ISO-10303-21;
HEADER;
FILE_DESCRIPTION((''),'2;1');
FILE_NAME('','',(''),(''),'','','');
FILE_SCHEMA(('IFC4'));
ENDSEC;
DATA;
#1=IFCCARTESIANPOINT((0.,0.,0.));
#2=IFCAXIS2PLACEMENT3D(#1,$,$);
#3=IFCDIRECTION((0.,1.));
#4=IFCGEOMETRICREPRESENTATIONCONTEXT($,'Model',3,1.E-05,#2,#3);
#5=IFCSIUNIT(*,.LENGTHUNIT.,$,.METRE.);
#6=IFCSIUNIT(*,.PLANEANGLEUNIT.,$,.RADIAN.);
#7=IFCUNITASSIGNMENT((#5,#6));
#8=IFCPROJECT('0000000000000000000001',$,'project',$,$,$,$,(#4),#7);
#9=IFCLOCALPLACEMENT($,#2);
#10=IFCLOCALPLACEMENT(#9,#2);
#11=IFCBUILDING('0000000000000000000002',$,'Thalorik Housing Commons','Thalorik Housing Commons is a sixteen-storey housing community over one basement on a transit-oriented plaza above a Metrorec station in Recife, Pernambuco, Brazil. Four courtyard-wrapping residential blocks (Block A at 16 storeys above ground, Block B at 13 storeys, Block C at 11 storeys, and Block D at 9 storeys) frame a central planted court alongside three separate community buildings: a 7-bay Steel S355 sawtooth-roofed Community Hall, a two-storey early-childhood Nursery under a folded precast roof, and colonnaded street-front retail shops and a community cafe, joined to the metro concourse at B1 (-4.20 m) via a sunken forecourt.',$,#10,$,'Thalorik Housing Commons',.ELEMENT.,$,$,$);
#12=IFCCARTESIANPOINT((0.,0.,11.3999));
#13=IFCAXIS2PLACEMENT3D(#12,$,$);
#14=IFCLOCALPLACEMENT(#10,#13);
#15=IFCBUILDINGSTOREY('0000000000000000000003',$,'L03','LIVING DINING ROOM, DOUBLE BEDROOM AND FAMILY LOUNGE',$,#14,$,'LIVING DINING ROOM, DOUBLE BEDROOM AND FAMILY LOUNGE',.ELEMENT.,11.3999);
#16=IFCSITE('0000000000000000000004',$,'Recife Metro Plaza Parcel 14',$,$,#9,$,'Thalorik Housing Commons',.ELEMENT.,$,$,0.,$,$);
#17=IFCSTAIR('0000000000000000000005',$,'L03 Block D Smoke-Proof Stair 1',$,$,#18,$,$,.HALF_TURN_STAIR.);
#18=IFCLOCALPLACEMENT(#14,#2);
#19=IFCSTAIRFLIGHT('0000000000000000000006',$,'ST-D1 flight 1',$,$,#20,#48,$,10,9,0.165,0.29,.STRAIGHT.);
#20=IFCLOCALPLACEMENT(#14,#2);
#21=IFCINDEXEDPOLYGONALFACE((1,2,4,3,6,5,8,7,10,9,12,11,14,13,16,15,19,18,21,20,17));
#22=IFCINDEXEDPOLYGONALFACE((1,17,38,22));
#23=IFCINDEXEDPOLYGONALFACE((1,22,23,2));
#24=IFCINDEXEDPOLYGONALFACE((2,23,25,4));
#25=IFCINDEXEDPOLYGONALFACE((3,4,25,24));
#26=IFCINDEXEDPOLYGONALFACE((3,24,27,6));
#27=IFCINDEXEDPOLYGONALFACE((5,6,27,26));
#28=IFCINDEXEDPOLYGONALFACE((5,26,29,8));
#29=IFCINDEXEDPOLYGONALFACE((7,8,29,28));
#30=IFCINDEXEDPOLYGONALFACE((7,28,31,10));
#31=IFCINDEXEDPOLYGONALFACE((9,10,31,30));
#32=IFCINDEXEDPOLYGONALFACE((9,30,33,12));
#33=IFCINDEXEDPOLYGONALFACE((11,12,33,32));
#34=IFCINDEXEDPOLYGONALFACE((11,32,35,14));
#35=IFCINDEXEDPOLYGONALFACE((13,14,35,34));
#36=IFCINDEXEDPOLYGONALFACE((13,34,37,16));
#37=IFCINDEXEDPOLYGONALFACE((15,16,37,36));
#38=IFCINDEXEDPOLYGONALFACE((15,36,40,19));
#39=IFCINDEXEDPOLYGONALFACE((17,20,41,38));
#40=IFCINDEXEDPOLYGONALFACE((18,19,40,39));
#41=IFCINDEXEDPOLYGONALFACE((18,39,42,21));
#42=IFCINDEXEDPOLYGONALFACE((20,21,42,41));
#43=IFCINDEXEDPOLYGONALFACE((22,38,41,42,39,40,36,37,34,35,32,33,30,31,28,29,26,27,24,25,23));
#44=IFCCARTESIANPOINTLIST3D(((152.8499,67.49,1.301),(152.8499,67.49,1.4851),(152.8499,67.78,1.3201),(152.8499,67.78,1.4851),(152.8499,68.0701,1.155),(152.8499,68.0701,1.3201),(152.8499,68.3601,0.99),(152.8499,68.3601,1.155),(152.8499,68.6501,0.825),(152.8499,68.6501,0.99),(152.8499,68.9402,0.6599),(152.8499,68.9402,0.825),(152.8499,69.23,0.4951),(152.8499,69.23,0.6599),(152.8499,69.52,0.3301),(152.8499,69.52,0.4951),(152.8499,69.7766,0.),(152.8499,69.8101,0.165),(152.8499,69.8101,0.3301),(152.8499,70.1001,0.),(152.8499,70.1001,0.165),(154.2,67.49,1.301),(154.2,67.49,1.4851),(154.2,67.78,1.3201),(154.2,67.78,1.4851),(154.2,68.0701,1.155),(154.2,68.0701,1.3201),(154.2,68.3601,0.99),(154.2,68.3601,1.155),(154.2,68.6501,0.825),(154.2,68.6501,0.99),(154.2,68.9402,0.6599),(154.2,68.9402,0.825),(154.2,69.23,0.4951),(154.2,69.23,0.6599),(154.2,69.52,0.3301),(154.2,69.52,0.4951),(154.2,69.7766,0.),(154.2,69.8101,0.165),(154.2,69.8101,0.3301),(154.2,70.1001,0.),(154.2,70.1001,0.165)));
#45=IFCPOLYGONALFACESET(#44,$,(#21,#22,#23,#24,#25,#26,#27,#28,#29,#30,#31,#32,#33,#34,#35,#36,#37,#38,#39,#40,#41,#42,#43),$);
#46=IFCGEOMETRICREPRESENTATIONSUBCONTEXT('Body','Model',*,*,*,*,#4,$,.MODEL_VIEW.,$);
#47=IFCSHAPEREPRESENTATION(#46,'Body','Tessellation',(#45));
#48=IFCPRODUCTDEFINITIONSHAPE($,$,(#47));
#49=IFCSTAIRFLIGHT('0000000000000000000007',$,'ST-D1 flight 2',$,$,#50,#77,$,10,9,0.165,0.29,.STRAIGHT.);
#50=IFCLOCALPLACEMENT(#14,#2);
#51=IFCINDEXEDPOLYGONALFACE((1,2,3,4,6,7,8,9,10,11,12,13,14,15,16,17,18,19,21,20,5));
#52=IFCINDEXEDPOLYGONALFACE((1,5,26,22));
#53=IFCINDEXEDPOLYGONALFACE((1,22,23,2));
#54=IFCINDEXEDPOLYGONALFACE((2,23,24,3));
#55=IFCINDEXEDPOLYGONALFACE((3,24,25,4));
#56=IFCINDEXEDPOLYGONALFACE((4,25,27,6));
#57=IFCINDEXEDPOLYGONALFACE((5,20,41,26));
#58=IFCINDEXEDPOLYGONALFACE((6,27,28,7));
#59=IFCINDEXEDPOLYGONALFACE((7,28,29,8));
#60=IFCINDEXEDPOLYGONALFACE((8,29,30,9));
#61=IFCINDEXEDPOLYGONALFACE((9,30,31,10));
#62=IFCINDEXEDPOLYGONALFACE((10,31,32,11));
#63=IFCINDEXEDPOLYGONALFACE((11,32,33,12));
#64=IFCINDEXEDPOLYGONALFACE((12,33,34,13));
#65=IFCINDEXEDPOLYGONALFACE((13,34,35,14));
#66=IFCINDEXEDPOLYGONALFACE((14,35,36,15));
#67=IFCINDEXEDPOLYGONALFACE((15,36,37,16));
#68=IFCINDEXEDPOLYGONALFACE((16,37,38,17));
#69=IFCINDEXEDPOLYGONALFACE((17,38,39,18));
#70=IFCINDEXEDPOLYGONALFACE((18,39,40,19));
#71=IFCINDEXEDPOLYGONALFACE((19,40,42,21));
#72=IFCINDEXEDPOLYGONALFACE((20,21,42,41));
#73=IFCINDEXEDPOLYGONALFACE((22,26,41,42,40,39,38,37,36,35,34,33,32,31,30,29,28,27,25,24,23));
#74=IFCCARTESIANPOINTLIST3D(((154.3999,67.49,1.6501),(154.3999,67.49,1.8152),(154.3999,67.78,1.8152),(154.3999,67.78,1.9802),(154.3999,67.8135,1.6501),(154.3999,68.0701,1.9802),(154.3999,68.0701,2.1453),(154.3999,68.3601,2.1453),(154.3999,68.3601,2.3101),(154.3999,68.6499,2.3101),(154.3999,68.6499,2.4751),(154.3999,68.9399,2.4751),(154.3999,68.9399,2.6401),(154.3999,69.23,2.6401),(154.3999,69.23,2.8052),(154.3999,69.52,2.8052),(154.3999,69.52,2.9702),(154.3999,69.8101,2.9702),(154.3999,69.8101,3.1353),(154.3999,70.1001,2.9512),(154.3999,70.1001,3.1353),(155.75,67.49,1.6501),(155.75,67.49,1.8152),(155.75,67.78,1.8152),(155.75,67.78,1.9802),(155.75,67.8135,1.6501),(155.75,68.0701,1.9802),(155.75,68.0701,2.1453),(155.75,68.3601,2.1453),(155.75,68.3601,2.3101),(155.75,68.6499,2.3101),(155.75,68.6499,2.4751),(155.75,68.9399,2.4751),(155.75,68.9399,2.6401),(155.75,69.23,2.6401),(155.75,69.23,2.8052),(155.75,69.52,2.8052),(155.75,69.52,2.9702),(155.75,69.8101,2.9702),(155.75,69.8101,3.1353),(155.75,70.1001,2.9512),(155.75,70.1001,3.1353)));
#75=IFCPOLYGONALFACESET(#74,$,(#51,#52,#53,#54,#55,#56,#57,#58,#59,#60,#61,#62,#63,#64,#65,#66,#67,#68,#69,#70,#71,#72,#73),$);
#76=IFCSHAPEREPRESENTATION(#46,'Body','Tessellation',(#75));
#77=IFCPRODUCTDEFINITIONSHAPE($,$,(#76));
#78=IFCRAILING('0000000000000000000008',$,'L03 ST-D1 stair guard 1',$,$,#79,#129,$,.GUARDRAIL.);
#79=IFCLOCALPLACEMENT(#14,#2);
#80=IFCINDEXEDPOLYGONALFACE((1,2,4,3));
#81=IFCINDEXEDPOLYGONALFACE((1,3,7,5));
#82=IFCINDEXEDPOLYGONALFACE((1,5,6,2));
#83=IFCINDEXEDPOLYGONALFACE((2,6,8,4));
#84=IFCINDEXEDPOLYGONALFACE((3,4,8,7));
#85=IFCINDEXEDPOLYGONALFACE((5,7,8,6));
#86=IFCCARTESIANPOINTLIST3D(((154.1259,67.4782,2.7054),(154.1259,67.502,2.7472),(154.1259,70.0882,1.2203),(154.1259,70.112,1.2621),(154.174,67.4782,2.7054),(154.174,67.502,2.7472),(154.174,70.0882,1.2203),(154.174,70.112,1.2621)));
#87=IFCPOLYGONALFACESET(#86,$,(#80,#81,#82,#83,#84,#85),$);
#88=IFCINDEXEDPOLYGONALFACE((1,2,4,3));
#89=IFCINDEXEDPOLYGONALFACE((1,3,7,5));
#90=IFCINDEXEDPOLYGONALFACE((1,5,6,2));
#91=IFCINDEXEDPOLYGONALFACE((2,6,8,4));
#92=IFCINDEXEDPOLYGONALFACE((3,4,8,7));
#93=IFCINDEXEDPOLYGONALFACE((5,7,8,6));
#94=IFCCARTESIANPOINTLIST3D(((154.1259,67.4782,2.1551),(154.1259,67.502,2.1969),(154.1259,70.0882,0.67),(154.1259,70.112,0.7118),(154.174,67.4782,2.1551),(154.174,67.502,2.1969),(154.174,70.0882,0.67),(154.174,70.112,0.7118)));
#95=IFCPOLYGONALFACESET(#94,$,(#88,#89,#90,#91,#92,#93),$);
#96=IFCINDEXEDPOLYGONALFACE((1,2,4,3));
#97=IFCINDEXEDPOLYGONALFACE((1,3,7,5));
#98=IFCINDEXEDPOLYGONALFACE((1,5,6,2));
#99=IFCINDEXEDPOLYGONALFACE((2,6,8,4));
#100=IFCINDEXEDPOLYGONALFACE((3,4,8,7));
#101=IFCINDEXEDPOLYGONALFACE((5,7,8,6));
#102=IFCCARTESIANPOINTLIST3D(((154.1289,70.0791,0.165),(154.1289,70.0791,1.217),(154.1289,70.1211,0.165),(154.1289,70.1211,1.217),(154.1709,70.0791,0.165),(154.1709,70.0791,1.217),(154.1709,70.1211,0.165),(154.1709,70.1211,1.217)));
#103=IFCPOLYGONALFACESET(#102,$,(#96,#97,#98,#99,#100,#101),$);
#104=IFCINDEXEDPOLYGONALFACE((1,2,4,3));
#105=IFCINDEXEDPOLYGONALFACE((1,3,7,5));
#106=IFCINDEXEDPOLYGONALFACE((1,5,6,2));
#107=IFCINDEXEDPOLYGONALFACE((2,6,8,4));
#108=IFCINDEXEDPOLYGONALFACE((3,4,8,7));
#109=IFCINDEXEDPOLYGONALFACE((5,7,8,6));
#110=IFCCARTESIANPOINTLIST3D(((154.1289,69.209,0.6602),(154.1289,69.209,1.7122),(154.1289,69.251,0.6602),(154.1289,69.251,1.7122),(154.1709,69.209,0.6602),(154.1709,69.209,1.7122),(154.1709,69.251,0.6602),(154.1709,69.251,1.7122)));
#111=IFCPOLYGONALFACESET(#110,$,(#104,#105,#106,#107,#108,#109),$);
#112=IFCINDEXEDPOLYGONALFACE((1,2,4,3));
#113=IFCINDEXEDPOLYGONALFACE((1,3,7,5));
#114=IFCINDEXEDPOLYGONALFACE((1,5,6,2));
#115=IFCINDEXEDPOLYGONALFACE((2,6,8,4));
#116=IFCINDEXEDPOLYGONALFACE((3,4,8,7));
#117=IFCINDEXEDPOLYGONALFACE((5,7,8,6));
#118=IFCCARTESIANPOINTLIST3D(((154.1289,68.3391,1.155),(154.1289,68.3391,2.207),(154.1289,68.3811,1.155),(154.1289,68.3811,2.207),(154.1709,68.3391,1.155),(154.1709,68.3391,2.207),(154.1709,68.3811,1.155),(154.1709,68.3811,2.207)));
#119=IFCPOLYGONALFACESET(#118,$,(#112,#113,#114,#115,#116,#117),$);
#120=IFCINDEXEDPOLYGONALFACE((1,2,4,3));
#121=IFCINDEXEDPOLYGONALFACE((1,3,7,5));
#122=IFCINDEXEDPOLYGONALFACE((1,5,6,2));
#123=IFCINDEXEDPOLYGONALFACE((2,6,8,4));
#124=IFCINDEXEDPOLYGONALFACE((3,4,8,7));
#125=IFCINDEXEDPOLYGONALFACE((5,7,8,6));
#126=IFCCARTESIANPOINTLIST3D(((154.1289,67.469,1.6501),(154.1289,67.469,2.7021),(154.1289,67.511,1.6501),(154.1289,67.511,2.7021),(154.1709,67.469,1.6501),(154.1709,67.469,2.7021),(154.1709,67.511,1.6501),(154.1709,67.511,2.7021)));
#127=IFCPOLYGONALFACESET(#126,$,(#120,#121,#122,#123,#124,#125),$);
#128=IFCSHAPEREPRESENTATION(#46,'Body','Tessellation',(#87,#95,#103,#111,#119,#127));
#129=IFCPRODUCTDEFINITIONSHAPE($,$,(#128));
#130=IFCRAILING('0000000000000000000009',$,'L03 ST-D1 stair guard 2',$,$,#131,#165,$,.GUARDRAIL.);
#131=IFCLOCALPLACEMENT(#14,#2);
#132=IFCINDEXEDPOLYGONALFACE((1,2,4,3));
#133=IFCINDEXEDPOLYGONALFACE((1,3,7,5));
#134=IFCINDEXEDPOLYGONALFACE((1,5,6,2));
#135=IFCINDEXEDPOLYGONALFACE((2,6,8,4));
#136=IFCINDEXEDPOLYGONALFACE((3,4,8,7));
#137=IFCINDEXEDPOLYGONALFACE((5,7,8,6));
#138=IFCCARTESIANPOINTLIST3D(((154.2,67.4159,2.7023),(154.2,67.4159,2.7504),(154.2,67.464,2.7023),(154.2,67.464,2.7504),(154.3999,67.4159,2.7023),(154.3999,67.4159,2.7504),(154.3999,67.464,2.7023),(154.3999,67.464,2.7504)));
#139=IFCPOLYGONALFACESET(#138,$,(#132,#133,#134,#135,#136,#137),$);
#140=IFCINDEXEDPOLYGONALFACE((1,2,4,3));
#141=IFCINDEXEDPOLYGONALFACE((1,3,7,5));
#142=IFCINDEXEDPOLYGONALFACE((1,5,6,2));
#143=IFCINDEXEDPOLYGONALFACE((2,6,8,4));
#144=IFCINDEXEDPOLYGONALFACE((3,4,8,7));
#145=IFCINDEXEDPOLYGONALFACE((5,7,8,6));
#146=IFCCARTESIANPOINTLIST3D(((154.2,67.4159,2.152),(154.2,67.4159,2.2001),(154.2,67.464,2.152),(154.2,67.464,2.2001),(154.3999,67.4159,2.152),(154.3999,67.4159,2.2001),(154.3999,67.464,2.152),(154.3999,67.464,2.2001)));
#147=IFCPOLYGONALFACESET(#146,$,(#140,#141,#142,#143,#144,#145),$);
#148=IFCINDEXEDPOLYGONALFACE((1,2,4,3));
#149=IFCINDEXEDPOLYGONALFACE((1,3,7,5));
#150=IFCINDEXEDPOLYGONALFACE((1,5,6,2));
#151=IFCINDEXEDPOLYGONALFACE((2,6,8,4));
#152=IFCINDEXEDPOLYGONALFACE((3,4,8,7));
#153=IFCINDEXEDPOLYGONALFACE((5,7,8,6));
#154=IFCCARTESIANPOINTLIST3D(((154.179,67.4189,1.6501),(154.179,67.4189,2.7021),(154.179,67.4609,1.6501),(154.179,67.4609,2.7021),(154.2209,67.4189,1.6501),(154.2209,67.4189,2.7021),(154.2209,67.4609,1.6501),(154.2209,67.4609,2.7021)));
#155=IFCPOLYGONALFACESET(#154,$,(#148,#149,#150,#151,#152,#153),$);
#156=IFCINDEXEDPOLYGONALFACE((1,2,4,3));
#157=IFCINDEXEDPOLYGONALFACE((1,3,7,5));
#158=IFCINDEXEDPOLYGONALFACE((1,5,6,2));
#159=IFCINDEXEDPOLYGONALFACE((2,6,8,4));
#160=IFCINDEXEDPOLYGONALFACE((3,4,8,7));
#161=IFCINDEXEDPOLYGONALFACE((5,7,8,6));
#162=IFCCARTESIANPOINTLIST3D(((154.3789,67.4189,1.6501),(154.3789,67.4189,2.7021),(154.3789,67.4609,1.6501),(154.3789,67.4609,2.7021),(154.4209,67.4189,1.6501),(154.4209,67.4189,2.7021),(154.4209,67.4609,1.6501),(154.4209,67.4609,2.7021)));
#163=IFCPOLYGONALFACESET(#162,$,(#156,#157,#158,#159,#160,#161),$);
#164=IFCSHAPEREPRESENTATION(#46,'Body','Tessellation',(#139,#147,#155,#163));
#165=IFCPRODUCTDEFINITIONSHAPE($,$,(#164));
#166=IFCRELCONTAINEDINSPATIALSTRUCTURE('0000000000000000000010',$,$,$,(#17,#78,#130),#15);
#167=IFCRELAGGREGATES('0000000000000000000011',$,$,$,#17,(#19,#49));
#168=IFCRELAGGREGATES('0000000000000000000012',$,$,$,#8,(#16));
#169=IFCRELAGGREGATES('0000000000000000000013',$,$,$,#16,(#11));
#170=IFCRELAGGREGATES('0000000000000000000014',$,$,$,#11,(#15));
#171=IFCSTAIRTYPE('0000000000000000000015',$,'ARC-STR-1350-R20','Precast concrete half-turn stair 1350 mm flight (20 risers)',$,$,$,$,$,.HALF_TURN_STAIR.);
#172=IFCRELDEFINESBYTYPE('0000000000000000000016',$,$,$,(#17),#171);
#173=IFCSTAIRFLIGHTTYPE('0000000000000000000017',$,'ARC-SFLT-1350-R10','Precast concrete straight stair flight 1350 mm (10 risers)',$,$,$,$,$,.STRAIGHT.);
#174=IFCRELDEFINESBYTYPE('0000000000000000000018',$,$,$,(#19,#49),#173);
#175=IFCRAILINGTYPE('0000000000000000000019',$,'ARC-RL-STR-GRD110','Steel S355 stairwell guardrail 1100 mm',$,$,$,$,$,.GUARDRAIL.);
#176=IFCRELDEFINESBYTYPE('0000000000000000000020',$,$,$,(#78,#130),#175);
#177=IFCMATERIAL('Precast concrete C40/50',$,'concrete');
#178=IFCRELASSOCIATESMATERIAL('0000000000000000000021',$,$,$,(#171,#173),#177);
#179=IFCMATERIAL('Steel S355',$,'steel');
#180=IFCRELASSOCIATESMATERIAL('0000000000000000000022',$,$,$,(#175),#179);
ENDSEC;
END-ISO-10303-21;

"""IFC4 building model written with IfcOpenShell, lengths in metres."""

from ifc_helpers import new_model, si_unit, direction, frame, origin, origin_2d, place, context, subcontext, project, spatial, polyline, rectangle, outline, extrude, material, type_object, element, aggregate, save


model = new_model("IFC4")

# Units and contexts
model_context = context("Model", 3, precision=1e-05, world=origin(), true_north=direction((0.0, 1.0)))
body_context = subcontext(model_context, "Body", "Model", "MODEL_VIEW")
ifc_project = project(units=[si_unit("LENGTHUNIT", "METRE"), si_unit("PLANEANGLEUNIT", "RADIAN")], contexts=[model_context])

# Site, building, storey
site_placement = place(None, origin())
site = spatial("IfcSite", under=ifc_project, at=site_placement, Name="Recife Metro Plaza Parcel 14", LongName="Thalorik Housing Commons", CompositionType="ELEMENT", RefElevation=0.0)
building_placement = place(site_placement, origin())
building = spatial("IfcBuilding", under=site, at=building_placement, Name="Thalorik Housing Commons", Description="Thalorik Housing Commons is a sixteen-storey housing community over one basement on a transit-oriented plaza above a Metrorec station in Recife, Pernambuco, Brazil. Four courtyard-wrapping residential blocks (Block A at 16 storeys above ground, Block B at 13 storeys, Block C at 11 storeys, and Block D at 9 storeys) frame a central planted court alongside three separate community buildings: a 7-bay Steel S355 sawtooth-roofed Community Hall, a two-storey early-childhood Nursery under a folded precast roof, and colonnaded street-front retail shops and a community cafe, joined to the metro concourse at B1 (-4.20 m) via a sunken forecourt.", LongName="Thalorik Housing Commons", CompositionType="ELEMENT")
storey_placement = place(building_placement, frame((0.0, 0.0, 11.3999)))
storey = spatial("IfcBuildingStorey", under=building, at=storey_placement, Name="L03", Description="LIVING DINING ROOM, DOUBLE BEDROOM AND FAMILY LOUNGE", LongName="LIVING DINING ROOM, DOUBLE BEDROOM AND FAMILY LOUNGE", CompositionType="ELEMENT", Elevation=11.3999)

# Shared definitions
ifc_material_1 = material(Name="Precast concrete C40/50", Category="concrete")

# Shared definitions
ifc_material_2 = material(Name="Steel S355", Category="steel")

# Stair, stair flights
stair_type = type_object("IfcStairType", Name="ARC-STR-1350-R20", Description="Precast concrete half-turn stair 1350 mm flight (20 risers)", PredefinedType="HALF_TURN_STAIR", material=ifc_material_1)
stair_placement = place(storey_placement, origin())
stair = element("IfcStair", 1, at=stair_placement, inside=storey, type_object=stair_type, Name="L03 Block D Smoke-Proof Stair 1", PredefinedType="HALF_TURN_STAIR")
stair_flight_type = type_object("IfcStairFlightType", Name="ARC-SFLT-1350-R10", Description="Precast concrete straight stair flight 1350 mm (10 risers)", PredefinedType="STRAIGHT", material=ifc_material_1)
stair_flight_1_placement = place(storey_placement, frame((153.5249, 70.1001, 0.0), z_axis=(0.0, 0.0, 1.0), x_axis=(0.0, -1.0, 0.0)))
stair_flight_1 = element("IfcStairFlight", 2, at=stair_flight_1_placement, type_object=stair_flight_type, Name="ST-D1 flight 1", NumberOfRisers=10, NumberOfTreads=9, PredefinedType="STRAIGHT", RiserHeight=0.165, TreadLength=0.29, context=body_context, shape_type="SweptSolid", body=[
    extrude(outline(polyline([(0.0, 0.0), (0.0, 0.165), (0.29, 0.165), (0.29, 0.3301), (0.5801, 0.3301), (0.5801, 0.4951), (0.8701, 0.4951), (0.8701, 0.6599), (1.1599, 0.6599), (1.1599, 0.825), (1.45, 0.825), (1.45, 0.99), (1.74, 0.99), (1.74, 1.155), (2.03, 1.155), (2.03, 1.3201), (2.3201, 1.3201), (2.3201, 1.4851), (2.6101, 1.4851), (2.6101, 1.6499), (2.6101, 1.301), (0.3235, 0.0), (0.0, 0.0)])), frame((0.0, 0.675, 0.0), z_axis=(0.0, -1.0, 0.0), x_axis=(1.0, 0.0, 0.0)), (0.0, 0.0, 1.0), 1.3501),
])
stair_flight_2_placement = place(storey_placement, frame((155.075, 67.49, 1.6501), z_axis=(0.0, 0.0, 1.0), x_axis=(0.0, 1.0, 0.0)))
stair_flight_2 = element("IfcStairFlight", 3, at=stair_flight_2_placement, type_object=stair_flight_type, Name="ST-D1 flight 2", NumberOfRisers=10, NumberOfTreads=9, PredefinedType="STRAIGHT", RiserHeight=0.165, TreadLength=0.29, context=body_context, shape_type="SweptSolid", body=[
    extrude(outline(polyline([(0.0, 0.0), (0.0, 0.165), (0.29, 0.165), (0.29, 0.3301), (0.5801, 0.3301), (0.5801, 0.4951), (0.8701, 0.4951), (0.8701, 0.6599), (1.1599, 0.6599), (1.1599, 0.825), (1.45, 0.825), (1.45, 0.99), (1.74, 0.99), (1.74, 1.155), (2.03, 1.155), (2.03, 1.3201), (2.3201, 1.3201), (2.3201, 1.4851), (2.6101, 1.4851), (2.6101, 1.6499), (2.6101, 1.301), (0.3235, 0.0), (0.0, 0.0)])), frame((0.0, 0.675, 0.0), z_axis=(0.0, -1.0, 0.0), x_axis=(1.0, 0.0, 0.0)), (0.0, 0.0, 1.0), 1.3501),
])
aggregate(stair, [stair_flight_1, stair_flight_2])

# Railings
railing_type_1 = type_object("IfcRailingType", Name="ARC-RL-STR-GRD110", Description="Steel S355 stairwell guardrail 1100 mm", PredefinedType="GUARDRAIL", material=ifc_material_2)
railing_1_placement = place(storey_placement, frame((154.1499, 70.1001, 0.165)))
element("IfcRailing", 4, at=railing_1_placement, inside=storey, type_object=railing_type_1, Name="L03 ST-D1 stair guard 1", PredefinedType="GUARDRAIL", context=body_context, shape_type="SweptSolid", body=[
    extrude(rectangle(XDim=0.0481, YDim=0.0481, at=origin_2d()), frame((0.0, 0.0, 1.0762), z_axis=(0.0, -0.869157, 0.494536), x_axis=(1.0, 0.0, 0.0)), (0.0, 0.0, 1.0), 3.0029),
    extrude(rectangle(XDim=0.0481, YDim=0.0481, at=origin_2d()), frame((0.0, 0.0, 0.5259), z_axis=(0.0, -0.869157, 0.494536), x_axis=(1.0, 0.0, 0.0)), (0.0, 0.0, 1.0), 3.0029),
    extrude(rectangle(XDim=0.042, YDim=0.042, at=origin_2d()), origin(), (0.0, 0.0, 1.0), 1.052),
    extrude(rectangle(XDim=0.042, YDim=0.042, at=origin_2d()), frame((0.0, -0.8701, 0.4951)), (0.0, 0.0, 1.0), 1.052),
    extrude(rectangle(XDim=0.042, YDim=0.042, at=origin_2d()), frame((0.0, -1.74, 0.99)), (0.0, 0.0, 1.0), 1.052),
    extrude(rectangle(XDim=0.042, YDim=0.042, at=origin_2d()), frame((0.0, -2.6101, 1.4851)), (0.0, 0.0, 1.0), 1.052),
])
railing_2_placement = place(storey_placement, frame((154.2, 67.4399, 1.6501)))
element("IfcRailing", 5, at=railing_2_placement, inside=storey, type_object=railing_type_1, Name="L03 ST-D1 stair guard 2", PredefinedType="GUARDRAIL", context=body_context, shape_type="SweptSolid", body=[
    extrude(rectangle(XDim=0.0481, YDim=0.0481, at=origin_2d()), frame((0.0, 0.0, 1.0762), z_axis=(1.0, 0.0, 0.0), x_axis=(0.0, 1.0, 0.0)), (0.0, 0.0, 1.0), 0.2),
    extrude(rectangle(XDim=0.0481, YDim=0.0481, at=origin_2d()), frame((0.0, 0.0, 0.5259), z_axis=(1.0, 0.0, 0.0), x_axis=(0.0, 1.0, 0.0)), (0.0, 0.0, 1.0), 0.2),
    extrude(rectangle(XDim=0.042, YDim=0.042, at=origin_2d()), origin(), (0.0, 0.0, 1.0), 1.052),
    extrude(rectangle(XDim=0.042, YDim=0.042, at=origin_2d()), frame((0.2, 0.0, 0.0)), (0.0, 0.0, 1.0), 1.052),
])

save(model, "model.ifc")
